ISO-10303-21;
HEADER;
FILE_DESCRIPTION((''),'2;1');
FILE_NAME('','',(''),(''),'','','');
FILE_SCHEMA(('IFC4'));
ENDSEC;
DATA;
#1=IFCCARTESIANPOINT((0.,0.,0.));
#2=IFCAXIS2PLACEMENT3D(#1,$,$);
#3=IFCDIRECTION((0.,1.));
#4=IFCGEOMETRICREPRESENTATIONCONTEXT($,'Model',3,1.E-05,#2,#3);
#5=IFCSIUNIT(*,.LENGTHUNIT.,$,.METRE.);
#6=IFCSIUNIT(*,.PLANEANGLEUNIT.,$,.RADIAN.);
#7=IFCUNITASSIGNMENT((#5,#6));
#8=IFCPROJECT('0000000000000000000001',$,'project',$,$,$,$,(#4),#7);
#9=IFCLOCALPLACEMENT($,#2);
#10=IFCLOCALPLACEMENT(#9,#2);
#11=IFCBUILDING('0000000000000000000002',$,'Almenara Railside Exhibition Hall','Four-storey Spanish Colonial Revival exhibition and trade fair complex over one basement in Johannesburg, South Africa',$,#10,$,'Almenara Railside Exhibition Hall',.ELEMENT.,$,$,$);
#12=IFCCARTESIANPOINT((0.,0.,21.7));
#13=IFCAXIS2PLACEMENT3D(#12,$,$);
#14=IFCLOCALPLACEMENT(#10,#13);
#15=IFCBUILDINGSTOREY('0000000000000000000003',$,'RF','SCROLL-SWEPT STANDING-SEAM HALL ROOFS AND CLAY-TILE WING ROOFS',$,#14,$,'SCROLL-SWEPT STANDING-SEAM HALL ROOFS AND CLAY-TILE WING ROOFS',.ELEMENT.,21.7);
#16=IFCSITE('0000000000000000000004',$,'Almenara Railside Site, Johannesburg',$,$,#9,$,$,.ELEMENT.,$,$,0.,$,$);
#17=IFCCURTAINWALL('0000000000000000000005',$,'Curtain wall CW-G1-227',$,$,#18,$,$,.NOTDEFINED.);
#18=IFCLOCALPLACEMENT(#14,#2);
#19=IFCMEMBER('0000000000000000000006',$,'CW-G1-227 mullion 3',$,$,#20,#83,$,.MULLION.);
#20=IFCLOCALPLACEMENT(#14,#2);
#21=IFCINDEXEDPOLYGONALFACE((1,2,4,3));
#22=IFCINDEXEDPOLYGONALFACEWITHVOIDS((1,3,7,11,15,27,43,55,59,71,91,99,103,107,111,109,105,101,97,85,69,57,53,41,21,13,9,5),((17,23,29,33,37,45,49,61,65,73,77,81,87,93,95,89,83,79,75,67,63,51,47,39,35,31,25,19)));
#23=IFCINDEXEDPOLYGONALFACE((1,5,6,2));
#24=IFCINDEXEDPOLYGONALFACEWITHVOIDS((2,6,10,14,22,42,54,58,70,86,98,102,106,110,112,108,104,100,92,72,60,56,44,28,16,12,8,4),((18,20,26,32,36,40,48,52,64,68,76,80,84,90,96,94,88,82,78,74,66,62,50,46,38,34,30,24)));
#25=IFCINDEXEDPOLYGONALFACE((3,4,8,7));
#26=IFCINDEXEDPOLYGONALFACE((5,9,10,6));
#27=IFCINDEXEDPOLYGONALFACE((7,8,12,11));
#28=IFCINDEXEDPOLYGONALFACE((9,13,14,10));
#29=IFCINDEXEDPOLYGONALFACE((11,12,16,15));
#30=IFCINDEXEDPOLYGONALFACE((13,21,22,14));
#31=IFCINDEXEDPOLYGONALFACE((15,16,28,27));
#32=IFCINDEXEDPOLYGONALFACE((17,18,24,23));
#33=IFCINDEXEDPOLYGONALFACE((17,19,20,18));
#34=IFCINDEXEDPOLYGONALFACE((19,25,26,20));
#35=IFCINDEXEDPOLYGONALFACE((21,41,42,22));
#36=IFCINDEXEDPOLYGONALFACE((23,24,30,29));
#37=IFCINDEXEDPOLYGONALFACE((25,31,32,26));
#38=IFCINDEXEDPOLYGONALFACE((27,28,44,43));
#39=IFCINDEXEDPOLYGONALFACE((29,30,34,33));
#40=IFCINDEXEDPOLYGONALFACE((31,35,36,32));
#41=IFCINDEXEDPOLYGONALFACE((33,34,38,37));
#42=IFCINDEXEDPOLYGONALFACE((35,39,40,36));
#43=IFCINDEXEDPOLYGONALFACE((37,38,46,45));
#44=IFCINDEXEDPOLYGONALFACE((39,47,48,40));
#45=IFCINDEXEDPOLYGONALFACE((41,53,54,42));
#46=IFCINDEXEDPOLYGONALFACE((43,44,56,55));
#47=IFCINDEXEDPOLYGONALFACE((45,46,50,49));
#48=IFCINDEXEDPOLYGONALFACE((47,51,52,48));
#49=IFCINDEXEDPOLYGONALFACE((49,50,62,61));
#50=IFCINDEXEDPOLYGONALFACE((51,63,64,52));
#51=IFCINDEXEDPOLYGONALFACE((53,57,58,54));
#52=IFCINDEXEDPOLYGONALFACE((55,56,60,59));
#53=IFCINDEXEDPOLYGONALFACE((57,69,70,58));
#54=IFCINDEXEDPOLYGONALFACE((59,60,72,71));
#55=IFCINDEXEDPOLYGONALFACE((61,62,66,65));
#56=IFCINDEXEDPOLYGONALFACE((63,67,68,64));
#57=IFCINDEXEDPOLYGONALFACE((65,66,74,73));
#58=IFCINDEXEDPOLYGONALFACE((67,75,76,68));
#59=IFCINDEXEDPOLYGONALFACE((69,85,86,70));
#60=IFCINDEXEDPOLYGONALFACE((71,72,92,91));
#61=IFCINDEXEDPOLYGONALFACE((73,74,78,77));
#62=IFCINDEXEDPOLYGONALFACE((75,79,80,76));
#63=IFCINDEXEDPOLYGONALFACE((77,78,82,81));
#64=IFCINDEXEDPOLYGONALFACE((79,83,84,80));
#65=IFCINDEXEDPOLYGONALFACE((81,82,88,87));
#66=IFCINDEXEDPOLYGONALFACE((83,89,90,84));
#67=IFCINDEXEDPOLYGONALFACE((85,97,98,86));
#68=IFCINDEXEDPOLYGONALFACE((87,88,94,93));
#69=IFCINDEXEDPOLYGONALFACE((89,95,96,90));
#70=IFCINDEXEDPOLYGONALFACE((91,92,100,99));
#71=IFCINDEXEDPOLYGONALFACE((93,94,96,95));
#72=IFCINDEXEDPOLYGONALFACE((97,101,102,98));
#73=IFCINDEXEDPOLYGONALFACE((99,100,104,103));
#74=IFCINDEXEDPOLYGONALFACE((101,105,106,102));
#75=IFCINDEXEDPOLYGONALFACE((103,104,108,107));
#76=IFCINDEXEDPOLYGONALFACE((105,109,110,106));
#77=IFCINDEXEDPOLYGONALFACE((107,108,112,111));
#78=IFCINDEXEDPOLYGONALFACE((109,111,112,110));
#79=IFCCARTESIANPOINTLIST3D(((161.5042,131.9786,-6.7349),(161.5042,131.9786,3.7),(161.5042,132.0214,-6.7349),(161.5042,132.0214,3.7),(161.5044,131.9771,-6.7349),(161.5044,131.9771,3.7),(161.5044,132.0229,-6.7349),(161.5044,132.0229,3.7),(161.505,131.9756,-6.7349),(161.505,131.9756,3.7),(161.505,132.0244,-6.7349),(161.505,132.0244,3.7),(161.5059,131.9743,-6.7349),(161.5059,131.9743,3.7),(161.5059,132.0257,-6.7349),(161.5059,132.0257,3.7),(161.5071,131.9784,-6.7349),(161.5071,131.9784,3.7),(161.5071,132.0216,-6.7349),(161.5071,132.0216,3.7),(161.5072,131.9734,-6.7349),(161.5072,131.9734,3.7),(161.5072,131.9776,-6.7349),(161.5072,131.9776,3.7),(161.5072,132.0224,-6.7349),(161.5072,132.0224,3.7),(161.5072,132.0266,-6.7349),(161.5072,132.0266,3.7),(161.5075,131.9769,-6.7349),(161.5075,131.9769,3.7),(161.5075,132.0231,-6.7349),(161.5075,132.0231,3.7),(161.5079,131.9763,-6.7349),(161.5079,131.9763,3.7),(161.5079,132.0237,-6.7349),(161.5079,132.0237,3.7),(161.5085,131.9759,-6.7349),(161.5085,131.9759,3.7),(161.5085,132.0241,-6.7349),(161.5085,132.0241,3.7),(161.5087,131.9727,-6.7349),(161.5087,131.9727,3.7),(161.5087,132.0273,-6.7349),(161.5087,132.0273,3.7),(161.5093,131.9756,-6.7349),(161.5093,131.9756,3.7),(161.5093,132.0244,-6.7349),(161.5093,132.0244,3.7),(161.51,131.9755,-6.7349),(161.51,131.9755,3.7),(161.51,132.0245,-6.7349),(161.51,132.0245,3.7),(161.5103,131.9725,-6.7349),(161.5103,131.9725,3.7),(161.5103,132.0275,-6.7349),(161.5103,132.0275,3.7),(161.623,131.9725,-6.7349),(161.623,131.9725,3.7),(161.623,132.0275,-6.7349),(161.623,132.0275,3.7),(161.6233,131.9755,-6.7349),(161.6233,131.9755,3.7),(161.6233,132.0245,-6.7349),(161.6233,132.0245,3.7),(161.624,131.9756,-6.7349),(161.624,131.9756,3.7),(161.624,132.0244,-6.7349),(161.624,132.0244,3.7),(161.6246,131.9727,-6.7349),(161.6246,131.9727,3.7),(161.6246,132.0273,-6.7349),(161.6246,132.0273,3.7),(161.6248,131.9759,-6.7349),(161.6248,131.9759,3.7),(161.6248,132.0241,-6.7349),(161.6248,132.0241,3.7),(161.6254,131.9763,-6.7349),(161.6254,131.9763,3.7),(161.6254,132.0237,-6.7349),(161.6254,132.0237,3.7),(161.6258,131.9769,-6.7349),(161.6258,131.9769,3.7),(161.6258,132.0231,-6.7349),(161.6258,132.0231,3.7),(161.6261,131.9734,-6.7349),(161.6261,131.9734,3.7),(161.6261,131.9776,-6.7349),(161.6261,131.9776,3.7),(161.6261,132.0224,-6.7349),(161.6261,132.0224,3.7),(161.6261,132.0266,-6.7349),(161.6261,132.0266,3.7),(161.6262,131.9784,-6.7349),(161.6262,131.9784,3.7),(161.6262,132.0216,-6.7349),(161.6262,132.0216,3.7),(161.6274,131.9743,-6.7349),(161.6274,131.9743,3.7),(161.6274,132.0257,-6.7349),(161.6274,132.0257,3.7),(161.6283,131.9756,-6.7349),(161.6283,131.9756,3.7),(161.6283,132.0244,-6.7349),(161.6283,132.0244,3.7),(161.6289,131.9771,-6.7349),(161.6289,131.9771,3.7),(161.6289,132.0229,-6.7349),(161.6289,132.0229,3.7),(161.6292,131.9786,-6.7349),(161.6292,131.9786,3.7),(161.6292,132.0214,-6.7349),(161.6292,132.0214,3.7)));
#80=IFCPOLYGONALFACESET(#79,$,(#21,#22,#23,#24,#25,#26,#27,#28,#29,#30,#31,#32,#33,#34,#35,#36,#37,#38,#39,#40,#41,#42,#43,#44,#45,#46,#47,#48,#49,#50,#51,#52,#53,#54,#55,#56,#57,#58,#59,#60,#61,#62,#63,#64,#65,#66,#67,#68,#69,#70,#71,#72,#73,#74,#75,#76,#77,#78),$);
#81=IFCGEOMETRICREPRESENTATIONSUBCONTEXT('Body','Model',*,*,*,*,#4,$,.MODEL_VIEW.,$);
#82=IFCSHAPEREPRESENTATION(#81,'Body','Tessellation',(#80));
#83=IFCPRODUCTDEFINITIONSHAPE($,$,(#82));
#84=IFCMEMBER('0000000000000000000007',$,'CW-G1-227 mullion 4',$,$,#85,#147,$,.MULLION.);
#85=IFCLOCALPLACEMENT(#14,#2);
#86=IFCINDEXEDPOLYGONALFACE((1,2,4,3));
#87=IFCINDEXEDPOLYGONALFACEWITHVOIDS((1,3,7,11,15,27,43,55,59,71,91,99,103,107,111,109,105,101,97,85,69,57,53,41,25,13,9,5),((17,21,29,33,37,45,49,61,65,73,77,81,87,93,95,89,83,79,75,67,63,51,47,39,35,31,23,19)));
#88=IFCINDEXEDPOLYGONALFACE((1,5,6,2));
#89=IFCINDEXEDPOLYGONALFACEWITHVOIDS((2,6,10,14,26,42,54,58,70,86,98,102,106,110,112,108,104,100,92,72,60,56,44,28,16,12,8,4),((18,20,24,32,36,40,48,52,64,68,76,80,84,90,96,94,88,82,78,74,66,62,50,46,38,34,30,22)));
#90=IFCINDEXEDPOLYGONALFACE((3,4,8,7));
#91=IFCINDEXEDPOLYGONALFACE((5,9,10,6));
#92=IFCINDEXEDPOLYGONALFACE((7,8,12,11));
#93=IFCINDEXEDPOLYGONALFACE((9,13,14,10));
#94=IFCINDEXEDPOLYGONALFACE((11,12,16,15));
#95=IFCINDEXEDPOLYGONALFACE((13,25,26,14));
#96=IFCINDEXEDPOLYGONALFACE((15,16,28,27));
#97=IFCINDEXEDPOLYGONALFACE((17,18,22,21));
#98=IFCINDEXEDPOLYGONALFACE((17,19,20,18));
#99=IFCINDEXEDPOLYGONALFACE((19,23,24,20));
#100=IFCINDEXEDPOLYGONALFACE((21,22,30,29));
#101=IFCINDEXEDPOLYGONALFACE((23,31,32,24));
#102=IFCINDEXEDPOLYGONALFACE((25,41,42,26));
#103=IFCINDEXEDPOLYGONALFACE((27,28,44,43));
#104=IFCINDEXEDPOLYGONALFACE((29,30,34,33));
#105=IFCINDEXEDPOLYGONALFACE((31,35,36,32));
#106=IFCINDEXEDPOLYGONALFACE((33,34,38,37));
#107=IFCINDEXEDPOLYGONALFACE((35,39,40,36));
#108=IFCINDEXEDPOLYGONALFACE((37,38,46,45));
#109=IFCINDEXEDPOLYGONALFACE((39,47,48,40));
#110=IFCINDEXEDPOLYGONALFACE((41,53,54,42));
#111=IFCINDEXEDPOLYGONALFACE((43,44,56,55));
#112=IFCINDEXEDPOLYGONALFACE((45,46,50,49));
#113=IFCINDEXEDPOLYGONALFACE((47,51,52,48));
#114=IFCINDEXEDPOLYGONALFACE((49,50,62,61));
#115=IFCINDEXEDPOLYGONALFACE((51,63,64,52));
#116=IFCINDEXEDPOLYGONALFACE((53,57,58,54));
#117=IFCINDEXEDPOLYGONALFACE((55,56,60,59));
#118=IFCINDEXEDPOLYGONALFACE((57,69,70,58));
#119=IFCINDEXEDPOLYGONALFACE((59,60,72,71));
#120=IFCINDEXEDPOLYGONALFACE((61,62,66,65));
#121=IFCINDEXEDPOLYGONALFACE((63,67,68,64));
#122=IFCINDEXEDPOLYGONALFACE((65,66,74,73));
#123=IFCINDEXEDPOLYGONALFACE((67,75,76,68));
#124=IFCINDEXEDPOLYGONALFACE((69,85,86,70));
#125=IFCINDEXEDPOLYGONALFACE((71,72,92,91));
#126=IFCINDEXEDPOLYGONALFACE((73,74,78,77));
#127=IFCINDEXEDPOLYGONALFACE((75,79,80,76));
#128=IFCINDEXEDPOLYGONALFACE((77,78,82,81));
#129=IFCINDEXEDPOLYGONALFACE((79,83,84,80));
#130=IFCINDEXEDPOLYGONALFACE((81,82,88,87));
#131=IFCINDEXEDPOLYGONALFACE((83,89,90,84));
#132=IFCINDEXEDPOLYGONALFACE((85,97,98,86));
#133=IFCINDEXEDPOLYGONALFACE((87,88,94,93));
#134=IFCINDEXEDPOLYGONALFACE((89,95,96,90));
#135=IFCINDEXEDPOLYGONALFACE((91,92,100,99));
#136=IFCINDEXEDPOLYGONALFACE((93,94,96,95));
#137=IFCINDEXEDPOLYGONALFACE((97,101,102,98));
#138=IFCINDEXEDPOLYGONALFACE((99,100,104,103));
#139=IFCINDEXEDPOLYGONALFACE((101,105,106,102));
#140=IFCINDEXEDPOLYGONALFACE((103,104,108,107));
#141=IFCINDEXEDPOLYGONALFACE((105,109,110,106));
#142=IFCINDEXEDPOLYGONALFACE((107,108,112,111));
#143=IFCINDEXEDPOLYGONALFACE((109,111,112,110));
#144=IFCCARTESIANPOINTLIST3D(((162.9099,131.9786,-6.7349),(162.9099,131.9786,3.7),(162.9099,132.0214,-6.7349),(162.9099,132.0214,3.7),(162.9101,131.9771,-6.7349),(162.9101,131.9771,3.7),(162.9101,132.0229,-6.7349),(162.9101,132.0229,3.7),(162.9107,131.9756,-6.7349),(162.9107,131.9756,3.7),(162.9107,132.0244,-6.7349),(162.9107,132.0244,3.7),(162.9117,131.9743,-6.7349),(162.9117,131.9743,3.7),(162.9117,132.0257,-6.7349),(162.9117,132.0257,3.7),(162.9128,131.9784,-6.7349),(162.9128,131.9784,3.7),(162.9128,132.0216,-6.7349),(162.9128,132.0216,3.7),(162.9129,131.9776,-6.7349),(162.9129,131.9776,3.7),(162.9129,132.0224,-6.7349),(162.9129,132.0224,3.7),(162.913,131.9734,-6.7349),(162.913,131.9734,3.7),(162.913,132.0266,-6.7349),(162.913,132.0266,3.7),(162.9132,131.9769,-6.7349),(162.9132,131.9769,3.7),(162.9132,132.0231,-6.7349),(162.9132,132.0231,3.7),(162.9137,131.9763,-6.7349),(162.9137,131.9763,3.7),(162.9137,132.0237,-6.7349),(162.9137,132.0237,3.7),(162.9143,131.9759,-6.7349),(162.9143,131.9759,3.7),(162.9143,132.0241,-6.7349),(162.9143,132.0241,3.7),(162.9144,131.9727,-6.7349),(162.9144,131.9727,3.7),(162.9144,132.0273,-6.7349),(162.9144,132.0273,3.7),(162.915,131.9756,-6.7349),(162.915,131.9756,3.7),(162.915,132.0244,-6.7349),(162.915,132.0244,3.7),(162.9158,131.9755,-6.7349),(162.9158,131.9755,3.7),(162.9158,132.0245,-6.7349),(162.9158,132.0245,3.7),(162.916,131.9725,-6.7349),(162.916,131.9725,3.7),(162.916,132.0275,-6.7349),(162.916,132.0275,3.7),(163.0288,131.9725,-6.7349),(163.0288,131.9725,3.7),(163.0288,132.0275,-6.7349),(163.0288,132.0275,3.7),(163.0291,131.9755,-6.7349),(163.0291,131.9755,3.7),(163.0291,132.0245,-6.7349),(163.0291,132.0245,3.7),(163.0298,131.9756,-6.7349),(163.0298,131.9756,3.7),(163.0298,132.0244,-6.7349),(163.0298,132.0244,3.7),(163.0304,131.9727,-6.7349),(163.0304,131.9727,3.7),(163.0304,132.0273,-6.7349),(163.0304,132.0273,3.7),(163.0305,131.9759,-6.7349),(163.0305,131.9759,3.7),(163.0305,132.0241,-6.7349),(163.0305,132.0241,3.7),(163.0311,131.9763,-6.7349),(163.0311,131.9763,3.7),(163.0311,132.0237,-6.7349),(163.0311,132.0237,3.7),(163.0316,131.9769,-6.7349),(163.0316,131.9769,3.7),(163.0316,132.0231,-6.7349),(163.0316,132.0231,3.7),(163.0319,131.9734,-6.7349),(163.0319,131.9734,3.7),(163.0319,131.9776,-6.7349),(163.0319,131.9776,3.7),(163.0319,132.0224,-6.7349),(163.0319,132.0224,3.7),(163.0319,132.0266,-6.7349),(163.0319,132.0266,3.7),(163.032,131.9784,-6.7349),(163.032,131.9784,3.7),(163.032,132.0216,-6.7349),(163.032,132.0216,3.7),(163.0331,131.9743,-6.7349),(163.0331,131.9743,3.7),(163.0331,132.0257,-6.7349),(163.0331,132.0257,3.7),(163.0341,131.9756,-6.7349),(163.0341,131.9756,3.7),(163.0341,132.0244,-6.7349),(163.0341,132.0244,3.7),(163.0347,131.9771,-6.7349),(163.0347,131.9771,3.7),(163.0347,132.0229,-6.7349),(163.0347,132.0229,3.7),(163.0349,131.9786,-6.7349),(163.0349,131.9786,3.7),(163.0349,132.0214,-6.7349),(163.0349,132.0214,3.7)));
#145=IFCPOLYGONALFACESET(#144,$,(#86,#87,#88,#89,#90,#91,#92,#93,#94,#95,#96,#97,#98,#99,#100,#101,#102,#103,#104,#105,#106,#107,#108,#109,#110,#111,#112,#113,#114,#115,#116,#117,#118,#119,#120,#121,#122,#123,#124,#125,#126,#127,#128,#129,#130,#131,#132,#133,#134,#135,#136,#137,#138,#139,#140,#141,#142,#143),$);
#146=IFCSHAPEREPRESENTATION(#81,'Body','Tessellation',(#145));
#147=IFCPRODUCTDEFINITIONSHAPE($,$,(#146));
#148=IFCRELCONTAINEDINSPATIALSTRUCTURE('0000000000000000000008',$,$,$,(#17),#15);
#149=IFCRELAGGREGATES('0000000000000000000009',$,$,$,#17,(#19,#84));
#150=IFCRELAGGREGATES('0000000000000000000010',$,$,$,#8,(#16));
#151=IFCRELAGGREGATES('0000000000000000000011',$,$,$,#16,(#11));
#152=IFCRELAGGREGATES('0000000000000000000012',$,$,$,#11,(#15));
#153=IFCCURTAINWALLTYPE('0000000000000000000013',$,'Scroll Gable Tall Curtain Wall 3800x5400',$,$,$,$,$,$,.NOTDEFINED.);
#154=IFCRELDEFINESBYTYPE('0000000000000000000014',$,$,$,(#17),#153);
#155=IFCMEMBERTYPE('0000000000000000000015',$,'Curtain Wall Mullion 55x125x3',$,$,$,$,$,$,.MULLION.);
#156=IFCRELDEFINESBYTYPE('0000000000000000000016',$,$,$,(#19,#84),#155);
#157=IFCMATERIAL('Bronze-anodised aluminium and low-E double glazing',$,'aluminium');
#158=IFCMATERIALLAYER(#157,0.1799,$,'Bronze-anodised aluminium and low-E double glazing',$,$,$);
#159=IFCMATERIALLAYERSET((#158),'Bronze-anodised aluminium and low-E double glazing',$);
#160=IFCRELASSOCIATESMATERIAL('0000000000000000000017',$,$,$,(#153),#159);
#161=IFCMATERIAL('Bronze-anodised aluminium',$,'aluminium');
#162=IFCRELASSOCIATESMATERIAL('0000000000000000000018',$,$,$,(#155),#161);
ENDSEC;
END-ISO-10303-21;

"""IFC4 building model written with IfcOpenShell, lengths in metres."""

from ifc_helpers import new_model, si_unit, direction, frame, origin, origin_2d, place, context, subcontext, project, spatial, hollow_rectangle, extrude, material, layer, layer_set, material_profile, profile_set, type_object, element, aggregate, save


model = new_model("IFC4")

# Units and contexts
model_context = context("Model", 3, precision=1e-05, world=origin(), true_north=direction((0.0, 1.0)))
body_context = subcontext(model_context, "Body", "Model", "MODEL_VIEW")
ifc_project = project(units=[si_unit("LENGTHUNIT", "METRE"), si_unit("PLANEANGLEUNIT", "RADIAN")], contexts=[model_context])

# Site, building, storey
site_placement = place(None, origin())
site = spatial("IfcSite", under=ifc_project, at=site_placement, Name="Almenara Railside Site, Johannesburg", CompositionType="ELEMENT", RefElevation=0.0)
building_placement = place(site_placement, origin())
building = spatial("IfcBuilding", under=site, at=building_placement, Name="Almenara Railside Exhibition Hall", Description="Four-storey Spanish Colonial Revival exhibition and trade fair complex over one basement in Johannesburg, South Africa", LongName="Almenara Railside Exhibition Hall", CompositionType="ELEMENT")
storey_placement = place(building_placement, frame((0.0, 0.0, 21.7)))
storey = spatial("IfcBuildingStorey", under=building, at=storey_placement, Name="RF", Description="SCROLL-SWEPT STANDING-SEAM HALL ROOFS AND CLAY-TILE WING ROOFS", LongName="SCROLL-SWEPT STANDING-SEAM HALL ROOFS AND CLAY-TILE WING ROOFS", CompositionType="ELEMENT", Elevation=21.7)

# Curtain wall, members
ifc_material_1 = material(Name="Bronze-anodised aluminium and low-E double glazing", Category="aluminium")
ifc_layer_1 = layer(ifc_material_1, 0.1799, Name="Bronze-anodised aluminium and low-E double glazing")
ifc_layer_set_1 = layer_set([ifc_layer_1], Name="Bronze-anodised aluminium and low-E double glazing")
curtain_wall_type = type_object("IfcCurtainWallType", Name="Scroll Gable Tall Curtain Wall 3800x5400", PredefinedType="NOTDEFINED", material=ifc_layer_set_1)
curtain_wall_1_placement = place(storey_placement, origin())
curtain_wall_1 = element("IfcCurtainWall", 1, at=curtain_wall_1_placement, inside=storey, type_object=curtain_wall_type, Name="Curtain wall CW-G1-227", PredefinedType="NOTDEFINED")
ifc_material_2 = material(Name="Bronze-anodised aluminium", Category="aluminium")
ifc_material_profile_1 = material_profile(ifc_material_2, hollow_rectangle(XDim=0.0549, YDim=0.125, WallThickness=0.0029, InnerFilletRadius=0.0029, OuterFilletRadius=0.0061, at=origin_2d()), Name="ALU-MUL 55x125x3")
ifc_profile_set_1 = profile_set([ifc_material_profile_1], Name="Bronze-anodised aluminium")
member_type_1 = type_object("IfcMemberType", Name="Curtain Wall Mullion 55x125x3", PredefinedType="MULLION", material=ifc_profile_set_1)
member_1_placement = place(storey_placement, frame((161.5667, 132.0, -6.7349), z_axis=(0.0, 0.0, 1.0), x_axis=(0.0, 1.0, 0.0)))
member_1 = element("IfcMember", 2, at=member_1_placement, type_object=member_type_1, Name="CW-G1-227 mullion 3", PredefinedType="MULLION", context=body_context, shape_type="SweptSolid", body=[
    extrude(hollow_rectangle(XDim=0.0549, YDim=0.125, WallThickness=0.0029, InnerFilletRadius=0.0029, OuterFilletRadius=0.0061, at=origin_2d()), origin(), (0.0, 0.0, 1.0), 10.4348),
])
member_2_placement = place(storey_placement, frame((162.9724, 132.0, -6.7349), z_axis=(0.0, 0.0, 1.0), x_axis=(0.0, 1.0, 0.0)))
member_2 = element("IfcMember", 3, at=member_2_placement, type_object=member_type_1, Name="CW-G1-227 mullion 4", PredefinedType="MULLION", context=body_context, shape_type="SweptSolid", body=[
    extrude(hollow_rectangle(XDim=0.0549, YDim=0.125, WallThickness=0.0029, InnerFilletRadius=0.0029, OuterFilletRadius=0.0061, at=origin_2d()), origin(), (0.0, 0.0, 1.0), 10.4348),
])

aggregate(curtain_wall_1, [member_1, member_2])

save(model, "model.ifc")
